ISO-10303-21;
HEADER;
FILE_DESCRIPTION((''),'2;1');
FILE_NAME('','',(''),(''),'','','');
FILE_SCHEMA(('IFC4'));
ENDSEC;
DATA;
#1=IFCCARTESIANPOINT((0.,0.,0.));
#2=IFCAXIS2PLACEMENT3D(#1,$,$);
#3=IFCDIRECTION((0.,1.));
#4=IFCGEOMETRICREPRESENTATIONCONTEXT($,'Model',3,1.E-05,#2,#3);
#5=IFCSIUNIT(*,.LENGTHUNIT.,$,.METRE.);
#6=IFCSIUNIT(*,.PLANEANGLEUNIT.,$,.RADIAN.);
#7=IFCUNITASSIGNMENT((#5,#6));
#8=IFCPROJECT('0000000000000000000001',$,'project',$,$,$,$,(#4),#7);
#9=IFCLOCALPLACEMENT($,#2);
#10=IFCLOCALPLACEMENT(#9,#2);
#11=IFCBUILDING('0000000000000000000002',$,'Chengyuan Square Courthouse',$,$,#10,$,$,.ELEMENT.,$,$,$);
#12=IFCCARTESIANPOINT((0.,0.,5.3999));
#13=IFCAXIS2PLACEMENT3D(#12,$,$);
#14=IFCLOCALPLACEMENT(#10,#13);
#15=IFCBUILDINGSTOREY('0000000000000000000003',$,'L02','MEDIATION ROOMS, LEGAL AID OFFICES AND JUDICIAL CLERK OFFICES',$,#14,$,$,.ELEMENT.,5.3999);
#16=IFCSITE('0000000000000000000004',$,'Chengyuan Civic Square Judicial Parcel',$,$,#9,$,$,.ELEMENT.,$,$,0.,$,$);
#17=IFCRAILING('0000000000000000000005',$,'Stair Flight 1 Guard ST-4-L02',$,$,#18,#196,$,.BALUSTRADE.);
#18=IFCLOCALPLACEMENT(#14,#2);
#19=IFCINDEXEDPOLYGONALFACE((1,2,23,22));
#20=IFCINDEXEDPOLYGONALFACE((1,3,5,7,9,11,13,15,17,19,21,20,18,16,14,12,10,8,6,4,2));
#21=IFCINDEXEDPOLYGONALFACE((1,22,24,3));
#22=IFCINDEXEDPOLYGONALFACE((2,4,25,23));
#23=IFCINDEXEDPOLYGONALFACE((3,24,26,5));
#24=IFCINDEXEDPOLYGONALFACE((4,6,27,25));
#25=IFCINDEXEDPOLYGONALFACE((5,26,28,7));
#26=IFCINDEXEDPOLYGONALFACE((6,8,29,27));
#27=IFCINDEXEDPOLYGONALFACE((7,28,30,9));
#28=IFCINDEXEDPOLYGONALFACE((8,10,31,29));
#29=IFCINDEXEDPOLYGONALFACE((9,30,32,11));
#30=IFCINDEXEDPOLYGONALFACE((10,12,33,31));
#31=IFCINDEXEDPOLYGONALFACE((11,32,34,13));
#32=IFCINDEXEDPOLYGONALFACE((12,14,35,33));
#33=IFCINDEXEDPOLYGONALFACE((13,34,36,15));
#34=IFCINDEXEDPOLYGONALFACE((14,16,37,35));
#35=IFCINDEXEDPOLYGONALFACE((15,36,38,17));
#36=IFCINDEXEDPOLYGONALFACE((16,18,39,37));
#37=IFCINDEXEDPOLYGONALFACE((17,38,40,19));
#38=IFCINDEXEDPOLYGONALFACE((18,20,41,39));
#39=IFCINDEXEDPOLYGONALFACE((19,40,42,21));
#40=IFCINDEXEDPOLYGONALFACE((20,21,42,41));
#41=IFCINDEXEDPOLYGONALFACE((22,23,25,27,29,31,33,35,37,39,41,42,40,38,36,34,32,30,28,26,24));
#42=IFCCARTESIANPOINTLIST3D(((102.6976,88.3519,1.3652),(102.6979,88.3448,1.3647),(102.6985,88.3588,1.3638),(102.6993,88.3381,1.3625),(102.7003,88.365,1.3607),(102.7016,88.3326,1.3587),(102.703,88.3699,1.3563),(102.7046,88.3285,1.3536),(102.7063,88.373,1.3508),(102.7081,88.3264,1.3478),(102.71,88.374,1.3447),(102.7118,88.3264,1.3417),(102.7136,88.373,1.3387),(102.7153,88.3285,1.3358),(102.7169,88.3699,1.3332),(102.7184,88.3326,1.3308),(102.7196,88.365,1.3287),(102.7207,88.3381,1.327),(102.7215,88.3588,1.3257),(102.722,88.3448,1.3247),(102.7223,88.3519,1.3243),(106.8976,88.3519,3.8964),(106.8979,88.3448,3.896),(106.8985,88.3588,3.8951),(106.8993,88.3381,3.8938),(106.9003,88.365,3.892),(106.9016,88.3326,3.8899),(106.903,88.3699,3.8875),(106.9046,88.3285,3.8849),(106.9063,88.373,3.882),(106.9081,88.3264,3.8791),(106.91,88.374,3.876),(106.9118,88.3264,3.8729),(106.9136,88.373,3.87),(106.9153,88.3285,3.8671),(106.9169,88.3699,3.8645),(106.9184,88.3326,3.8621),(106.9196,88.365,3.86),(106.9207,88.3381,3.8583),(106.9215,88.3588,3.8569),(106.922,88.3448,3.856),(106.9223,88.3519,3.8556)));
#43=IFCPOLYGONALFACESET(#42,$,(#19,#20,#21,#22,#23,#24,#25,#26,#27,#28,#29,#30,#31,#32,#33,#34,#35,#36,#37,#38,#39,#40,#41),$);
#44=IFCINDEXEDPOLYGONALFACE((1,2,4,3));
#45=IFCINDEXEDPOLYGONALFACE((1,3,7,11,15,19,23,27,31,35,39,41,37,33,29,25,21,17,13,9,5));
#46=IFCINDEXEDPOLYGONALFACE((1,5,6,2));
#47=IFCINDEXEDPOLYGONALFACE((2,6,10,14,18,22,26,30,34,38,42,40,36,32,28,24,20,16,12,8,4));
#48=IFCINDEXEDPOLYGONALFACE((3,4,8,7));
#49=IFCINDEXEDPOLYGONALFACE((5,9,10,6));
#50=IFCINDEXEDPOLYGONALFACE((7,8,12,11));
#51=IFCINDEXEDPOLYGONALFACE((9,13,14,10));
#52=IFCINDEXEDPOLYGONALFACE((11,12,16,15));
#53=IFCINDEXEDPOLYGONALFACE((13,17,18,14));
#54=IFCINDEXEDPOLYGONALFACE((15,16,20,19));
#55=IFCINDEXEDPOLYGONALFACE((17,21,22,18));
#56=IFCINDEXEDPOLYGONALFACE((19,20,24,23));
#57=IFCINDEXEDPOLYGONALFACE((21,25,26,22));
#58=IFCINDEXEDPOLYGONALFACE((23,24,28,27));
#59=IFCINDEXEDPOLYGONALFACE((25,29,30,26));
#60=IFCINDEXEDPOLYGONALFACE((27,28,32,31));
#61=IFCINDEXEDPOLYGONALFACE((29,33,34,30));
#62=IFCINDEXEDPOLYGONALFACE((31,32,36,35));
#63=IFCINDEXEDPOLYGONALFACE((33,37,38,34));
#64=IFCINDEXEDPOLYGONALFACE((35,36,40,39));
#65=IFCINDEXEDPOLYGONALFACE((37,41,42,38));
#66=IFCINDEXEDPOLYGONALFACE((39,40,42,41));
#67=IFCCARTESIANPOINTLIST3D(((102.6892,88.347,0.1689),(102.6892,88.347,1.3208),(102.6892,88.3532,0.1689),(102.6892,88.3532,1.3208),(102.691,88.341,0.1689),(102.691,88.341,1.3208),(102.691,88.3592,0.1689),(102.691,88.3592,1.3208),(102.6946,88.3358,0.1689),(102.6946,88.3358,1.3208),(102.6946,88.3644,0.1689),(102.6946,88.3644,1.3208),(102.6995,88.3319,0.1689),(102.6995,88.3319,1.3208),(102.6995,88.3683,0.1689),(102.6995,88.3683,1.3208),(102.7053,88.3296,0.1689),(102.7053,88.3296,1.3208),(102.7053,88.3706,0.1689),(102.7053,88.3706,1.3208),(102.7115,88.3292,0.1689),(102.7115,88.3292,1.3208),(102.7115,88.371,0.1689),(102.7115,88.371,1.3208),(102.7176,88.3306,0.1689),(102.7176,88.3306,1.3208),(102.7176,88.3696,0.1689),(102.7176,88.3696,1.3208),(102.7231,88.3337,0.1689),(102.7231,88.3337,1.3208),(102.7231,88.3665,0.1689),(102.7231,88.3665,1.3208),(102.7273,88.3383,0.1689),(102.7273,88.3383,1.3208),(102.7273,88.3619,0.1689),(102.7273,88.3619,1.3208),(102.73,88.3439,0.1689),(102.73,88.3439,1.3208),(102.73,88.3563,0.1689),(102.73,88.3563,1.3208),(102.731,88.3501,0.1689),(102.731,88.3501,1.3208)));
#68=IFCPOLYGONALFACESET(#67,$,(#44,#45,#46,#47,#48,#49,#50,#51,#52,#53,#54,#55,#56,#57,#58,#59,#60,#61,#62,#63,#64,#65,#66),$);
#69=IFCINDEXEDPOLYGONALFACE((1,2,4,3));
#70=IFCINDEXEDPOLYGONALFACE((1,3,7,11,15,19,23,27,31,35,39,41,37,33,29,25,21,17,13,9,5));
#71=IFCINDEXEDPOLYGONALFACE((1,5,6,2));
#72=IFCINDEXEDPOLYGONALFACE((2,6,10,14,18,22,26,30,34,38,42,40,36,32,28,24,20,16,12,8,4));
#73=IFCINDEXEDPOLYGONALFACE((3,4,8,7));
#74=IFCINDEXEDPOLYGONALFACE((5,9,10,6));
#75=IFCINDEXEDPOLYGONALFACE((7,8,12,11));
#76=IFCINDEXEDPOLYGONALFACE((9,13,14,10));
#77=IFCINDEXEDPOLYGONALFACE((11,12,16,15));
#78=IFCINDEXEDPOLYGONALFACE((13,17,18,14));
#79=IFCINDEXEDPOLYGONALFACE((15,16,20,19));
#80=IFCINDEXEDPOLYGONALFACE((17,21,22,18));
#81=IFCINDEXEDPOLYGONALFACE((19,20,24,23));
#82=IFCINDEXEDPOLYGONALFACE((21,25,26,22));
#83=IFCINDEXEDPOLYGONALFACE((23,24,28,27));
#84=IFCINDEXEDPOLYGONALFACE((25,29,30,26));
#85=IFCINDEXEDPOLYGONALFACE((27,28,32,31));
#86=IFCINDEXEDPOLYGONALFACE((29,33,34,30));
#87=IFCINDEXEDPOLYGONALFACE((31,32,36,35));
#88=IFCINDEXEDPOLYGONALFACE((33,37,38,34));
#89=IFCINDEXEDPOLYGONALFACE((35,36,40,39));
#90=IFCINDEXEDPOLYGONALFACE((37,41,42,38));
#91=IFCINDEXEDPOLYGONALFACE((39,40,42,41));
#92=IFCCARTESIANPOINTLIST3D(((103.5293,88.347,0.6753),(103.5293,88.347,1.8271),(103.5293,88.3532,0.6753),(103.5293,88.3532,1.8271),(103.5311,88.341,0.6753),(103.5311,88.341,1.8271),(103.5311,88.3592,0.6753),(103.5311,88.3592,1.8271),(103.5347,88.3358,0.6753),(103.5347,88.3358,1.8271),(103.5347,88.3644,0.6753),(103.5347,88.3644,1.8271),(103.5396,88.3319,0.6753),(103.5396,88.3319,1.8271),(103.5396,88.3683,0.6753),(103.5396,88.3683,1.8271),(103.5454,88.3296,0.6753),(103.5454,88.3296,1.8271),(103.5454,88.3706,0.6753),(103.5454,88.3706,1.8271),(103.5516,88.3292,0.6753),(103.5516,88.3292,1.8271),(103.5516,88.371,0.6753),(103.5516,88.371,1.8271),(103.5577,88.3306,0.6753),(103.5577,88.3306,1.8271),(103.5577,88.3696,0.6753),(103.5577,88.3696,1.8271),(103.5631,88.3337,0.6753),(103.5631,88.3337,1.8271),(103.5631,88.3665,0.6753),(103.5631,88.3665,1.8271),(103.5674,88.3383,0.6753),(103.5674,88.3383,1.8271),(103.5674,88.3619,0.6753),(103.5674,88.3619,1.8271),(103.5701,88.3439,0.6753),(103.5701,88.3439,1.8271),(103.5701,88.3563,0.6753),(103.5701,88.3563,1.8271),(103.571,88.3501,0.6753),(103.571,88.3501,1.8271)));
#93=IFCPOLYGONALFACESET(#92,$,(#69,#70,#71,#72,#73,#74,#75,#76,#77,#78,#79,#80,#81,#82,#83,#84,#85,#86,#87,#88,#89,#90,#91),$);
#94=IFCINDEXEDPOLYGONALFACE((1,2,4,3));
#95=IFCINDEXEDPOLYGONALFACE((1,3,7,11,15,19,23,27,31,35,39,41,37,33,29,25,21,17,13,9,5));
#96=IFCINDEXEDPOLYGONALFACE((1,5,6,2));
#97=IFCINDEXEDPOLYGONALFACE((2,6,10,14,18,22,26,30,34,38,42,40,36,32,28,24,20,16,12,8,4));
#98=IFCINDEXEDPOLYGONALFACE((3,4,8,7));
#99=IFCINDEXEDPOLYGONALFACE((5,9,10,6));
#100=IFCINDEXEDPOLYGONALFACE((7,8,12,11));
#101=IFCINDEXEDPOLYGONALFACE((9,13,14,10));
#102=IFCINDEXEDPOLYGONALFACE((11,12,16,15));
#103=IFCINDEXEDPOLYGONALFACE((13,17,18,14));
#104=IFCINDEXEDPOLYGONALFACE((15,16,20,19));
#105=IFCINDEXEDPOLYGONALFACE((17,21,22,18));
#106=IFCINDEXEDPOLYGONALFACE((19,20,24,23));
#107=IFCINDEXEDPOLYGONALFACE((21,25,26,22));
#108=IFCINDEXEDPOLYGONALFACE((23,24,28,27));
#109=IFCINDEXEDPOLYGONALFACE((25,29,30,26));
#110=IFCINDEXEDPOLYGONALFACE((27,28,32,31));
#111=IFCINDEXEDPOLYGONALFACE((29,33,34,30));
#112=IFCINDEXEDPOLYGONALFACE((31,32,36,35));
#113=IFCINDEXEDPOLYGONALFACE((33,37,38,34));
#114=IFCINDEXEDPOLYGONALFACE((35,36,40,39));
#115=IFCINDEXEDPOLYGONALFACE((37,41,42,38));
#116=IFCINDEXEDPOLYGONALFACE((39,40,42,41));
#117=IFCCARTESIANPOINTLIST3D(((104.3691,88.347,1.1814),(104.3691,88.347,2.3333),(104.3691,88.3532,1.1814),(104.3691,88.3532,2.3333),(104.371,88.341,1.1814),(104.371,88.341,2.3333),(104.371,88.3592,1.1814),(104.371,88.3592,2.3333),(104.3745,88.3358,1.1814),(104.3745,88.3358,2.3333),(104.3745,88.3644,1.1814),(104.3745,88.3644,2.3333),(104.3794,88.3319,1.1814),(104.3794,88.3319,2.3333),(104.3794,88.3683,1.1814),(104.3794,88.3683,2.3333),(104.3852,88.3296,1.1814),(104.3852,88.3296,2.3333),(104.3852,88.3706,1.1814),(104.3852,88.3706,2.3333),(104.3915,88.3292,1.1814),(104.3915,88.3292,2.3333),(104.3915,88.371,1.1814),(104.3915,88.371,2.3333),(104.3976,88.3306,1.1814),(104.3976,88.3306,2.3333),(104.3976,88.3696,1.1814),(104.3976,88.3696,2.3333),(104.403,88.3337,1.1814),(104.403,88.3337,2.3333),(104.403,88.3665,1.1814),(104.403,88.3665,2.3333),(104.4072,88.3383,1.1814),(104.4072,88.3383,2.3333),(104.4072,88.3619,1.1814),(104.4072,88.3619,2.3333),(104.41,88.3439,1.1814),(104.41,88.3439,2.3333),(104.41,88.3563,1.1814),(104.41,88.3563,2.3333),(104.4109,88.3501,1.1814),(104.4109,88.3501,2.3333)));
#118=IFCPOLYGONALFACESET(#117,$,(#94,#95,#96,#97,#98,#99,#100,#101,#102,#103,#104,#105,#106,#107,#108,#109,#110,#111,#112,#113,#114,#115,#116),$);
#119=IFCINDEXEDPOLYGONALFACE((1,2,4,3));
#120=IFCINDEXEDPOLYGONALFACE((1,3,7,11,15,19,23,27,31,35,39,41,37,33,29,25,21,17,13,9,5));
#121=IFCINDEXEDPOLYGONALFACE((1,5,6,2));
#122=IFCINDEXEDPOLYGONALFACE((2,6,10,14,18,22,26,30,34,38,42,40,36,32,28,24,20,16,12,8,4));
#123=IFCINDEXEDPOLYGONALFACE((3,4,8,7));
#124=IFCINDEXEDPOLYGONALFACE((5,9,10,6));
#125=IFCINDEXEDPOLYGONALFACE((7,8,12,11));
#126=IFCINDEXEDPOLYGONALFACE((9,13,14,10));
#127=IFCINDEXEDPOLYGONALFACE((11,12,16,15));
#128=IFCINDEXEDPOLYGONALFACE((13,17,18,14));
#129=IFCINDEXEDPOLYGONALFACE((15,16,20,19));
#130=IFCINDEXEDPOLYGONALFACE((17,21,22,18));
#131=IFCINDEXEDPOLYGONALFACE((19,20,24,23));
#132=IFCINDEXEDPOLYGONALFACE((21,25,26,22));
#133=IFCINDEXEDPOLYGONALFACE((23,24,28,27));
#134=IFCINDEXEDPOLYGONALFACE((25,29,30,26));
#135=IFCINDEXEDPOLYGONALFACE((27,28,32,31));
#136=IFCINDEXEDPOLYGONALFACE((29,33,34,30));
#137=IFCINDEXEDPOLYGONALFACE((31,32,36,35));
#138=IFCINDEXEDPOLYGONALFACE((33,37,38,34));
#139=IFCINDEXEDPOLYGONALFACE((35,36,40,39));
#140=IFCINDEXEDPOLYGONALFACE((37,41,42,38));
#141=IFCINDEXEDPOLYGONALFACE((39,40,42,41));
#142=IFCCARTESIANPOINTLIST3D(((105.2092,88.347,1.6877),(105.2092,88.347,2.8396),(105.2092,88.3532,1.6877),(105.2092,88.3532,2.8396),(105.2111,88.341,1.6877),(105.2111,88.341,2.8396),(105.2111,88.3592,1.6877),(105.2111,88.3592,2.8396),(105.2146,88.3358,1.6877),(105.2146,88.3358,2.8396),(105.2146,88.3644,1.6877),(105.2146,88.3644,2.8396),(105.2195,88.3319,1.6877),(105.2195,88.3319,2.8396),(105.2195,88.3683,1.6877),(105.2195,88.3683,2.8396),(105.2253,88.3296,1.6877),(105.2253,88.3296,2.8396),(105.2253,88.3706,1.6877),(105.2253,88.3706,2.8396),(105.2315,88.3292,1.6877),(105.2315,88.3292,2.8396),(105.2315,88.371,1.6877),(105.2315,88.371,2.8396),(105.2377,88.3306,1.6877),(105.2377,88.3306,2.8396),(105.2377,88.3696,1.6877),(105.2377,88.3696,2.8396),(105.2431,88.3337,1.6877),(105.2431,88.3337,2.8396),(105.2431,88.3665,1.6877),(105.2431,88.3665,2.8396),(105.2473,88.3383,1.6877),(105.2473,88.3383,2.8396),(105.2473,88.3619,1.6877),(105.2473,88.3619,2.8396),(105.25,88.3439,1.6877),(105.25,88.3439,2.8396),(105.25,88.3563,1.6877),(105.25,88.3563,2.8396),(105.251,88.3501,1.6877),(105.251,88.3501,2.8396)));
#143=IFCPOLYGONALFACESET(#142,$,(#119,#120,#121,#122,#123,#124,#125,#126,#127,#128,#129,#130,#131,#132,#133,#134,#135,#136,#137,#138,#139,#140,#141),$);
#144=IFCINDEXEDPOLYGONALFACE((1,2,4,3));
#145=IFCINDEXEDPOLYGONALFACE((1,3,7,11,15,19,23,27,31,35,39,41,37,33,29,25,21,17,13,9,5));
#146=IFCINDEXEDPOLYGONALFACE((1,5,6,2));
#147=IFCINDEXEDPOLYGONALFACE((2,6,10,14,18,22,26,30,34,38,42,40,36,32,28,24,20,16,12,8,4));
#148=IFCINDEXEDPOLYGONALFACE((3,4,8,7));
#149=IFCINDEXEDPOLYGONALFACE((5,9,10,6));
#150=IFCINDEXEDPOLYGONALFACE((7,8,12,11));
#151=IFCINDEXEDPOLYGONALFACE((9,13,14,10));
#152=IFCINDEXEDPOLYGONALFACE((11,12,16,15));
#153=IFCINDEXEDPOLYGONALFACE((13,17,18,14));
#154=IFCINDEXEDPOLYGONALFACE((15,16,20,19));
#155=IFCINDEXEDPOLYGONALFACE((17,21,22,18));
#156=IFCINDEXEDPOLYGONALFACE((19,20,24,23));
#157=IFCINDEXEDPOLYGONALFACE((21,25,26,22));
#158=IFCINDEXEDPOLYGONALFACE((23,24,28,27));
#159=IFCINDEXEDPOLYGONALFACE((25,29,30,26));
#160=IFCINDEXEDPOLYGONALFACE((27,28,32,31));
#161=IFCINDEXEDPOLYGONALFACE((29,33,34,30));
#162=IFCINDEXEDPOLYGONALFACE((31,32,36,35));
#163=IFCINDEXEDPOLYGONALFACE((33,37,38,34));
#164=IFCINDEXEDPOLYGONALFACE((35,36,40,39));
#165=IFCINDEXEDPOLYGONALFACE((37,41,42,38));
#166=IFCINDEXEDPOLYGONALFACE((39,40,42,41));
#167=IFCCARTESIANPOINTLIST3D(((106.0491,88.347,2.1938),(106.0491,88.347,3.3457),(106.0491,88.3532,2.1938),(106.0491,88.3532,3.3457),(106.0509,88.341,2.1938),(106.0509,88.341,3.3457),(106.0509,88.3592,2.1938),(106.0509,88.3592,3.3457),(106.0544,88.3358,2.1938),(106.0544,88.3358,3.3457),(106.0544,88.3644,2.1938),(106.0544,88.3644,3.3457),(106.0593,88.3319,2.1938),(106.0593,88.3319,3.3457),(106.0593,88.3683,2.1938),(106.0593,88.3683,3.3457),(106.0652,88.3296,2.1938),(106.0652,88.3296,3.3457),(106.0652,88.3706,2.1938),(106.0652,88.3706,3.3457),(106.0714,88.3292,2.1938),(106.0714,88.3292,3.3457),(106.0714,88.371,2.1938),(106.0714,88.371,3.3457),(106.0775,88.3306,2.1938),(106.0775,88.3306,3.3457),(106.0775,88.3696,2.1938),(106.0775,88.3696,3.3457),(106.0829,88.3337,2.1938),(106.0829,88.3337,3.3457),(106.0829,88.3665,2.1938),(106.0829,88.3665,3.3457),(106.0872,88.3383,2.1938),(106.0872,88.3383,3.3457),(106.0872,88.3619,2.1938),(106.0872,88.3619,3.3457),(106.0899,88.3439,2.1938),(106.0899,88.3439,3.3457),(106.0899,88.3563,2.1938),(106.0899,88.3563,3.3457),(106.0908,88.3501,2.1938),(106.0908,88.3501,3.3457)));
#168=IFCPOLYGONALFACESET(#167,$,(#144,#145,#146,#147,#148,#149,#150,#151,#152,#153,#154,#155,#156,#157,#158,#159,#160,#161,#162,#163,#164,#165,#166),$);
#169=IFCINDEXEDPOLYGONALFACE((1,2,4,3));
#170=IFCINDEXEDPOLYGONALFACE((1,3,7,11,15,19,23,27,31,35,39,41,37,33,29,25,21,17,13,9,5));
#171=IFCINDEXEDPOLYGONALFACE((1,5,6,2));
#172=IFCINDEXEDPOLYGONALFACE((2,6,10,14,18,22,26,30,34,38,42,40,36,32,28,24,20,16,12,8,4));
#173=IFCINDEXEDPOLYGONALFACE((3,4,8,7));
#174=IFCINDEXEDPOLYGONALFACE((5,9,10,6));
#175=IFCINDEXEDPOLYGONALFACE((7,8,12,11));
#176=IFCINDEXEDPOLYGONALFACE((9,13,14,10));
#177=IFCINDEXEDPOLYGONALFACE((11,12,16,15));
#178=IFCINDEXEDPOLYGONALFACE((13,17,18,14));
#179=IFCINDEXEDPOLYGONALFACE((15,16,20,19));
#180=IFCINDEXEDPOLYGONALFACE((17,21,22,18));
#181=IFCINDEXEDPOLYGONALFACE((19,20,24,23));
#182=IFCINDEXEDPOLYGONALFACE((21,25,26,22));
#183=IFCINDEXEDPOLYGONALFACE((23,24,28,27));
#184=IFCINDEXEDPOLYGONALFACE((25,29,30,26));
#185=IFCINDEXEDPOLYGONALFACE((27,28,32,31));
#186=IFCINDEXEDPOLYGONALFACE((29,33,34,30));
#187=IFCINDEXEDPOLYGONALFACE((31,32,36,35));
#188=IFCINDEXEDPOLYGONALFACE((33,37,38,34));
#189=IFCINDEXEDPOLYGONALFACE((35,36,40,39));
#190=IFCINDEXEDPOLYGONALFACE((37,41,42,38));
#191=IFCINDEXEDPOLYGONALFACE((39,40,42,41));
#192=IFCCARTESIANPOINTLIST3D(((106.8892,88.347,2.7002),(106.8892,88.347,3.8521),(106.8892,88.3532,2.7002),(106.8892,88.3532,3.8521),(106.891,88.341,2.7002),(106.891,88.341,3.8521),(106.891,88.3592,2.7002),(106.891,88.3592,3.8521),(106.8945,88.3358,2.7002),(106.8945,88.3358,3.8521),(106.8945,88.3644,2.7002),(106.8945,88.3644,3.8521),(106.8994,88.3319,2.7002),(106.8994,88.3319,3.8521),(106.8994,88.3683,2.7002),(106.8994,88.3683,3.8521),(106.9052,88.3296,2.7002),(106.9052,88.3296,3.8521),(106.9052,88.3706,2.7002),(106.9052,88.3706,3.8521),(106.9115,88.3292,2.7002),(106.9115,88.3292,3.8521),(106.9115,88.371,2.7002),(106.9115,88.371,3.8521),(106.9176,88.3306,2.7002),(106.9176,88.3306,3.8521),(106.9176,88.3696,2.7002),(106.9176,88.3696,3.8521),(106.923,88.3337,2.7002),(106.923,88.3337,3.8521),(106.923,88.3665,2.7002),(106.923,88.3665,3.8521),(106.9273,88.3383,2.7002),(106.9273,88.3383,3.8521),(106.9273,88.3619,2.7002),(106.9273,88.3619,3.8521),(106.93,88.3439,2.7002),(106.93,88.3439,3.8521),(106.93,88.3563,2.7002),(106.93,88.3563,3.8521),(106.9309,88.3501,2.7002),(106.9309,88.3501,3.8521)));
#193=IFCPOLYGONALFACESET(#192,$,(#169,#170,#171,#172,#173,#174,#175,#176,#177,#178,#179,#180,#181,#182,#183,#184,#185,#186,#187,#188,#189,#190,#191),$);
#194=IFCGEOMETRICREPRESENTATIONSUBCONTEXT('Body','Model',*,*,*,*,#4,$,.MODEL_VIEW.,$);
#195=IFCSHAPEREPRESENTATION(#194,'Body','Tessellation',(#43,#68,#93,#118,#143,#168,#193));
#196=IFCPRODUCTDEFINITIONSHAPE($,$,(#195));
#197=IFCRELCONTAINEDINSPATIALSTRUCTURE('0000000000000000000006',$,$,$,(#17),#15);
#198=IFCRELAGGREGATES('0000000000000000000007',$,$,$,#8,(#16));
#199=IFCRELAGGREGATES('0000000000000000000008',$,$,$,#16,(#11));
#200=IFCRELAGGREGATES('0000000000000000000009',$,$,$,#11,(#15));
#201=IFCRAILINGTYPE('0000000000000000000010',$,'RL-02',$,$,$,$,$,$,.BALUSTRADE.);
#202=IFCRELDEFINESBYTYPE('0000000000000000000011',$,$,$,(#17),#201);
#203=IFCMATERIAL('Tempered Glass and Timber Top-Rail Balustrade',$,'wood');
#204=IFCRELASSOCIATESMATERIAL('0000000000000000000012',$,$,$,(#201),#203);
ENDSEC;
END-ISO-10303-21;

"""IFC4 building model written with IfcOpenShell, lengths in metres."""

from ifc_helpers import new_model, si_unit, direction, frame, origin, origin_2d, place, context, subcontext, project, spatial, circle, extrude, material, type_object, element, save


model = new_model("IFC4")

# Units and contexts
model_context = context("Model", 3, precision=1e-05, world=origin(), true_north=direction((0.0, 1.0)))
body_context = subcontext(model_context, "Body", "Model", "MODEL_VIEW")
ifc_project = project(units=[si_unit("LENGTHUNIT", "METRE"), si_unit("PLANEANGLEUNIT", "RADIAN")], contexts=[model_context])

# Site, building, storey
site_placement = place(None, origin())
site = spatial("IfcSite", under=ifc_project, at=site_placement, Name="Chengyuan Civic Square Judicial Parcel", CompositionType="ELEMENT", RefElevation=0.0)
building_placement = place(site_placement, origin())
building = spatial("IfcBuilding", under=site, at=building_placement, Name="Chengyuan Square Courthouse", CompositionType="ELEMENT")
storey_placement = place(building_placement, frame((0.0, 0.0, 5.3999)))
storey = spatial("IfcBuildingStorey", under=building, at=storey_placement, Name="L02", Description="MEDIATION ROOMS, LEGAL AID OFFICES AND JUDICIAL CLERK OFFICES", CompositionType="ELEMENT", Elevation=5.3999)

# Railing
ifc_material_1 = material(Name="Tempered Glass and Timber Top-Rail Balustrade", Category="wood")
railing_type_1 = type_object("IfcRailingType", Name="RL-02", PredefinedType="BALUSTRADE", material=ifc_material_1)
railing_1_placement = place(storey_placement, frame((102.71, 88.3501, 0.1689)))
element("IfcRailing", 1, at=railing_1_placement, inside=storey, type_object=railing_type_1, Name="Stair Flight 1 Guard ST-4-L02", PredefinedType="BALUSTRADE", context=body_context, shape_type="SweptSolid", body=[
    extrude(circle(Radius=0.0239, at=origin_2d()), frame((0.0, 0.0, 1.1758), z_axis=(0.856476, 0.0, 0.516186), x_axis=(0.0, 1.0, 0.0)), (0.0, 0.0, 1.0), 4.9038),
    extrude(circle(Radius=0.021, at=origin_2d()), origin(), (0.0, 0.0, 1.0), 1.1519),
    extrude(circle(Radius=0.021, at=origin_2d()), frame((0.8401, 0.0, 0.5063)), (0.0, 0.0, 1.0), 1.1519),
    extrude(circle(Radius=0.021, at=origin_2d()), frame((1.6799, 0.0, 1.0125)), (0.0, 0.0, 1.0), 1.1519),
    extrude(circle(Radius=0.021, at=origin_2d()), frame((2.52, 0.0, 1.5188)), (0.0, 0.0, 1.0), 1.1519),
    extrude(circle(Radius=0.021, at=origin_2d()), frame((3.3599, 0.0, 2.0249)), (0.0, 0.0, 1.0), 1.1519),
    extrude(circle(Radius=0.021, at=origin_2d()), frame((4.2, 0.0, 2.5312)), (0.0, 0.0, 1.0), 1.1519),
])

save(model, "model.ifc")
